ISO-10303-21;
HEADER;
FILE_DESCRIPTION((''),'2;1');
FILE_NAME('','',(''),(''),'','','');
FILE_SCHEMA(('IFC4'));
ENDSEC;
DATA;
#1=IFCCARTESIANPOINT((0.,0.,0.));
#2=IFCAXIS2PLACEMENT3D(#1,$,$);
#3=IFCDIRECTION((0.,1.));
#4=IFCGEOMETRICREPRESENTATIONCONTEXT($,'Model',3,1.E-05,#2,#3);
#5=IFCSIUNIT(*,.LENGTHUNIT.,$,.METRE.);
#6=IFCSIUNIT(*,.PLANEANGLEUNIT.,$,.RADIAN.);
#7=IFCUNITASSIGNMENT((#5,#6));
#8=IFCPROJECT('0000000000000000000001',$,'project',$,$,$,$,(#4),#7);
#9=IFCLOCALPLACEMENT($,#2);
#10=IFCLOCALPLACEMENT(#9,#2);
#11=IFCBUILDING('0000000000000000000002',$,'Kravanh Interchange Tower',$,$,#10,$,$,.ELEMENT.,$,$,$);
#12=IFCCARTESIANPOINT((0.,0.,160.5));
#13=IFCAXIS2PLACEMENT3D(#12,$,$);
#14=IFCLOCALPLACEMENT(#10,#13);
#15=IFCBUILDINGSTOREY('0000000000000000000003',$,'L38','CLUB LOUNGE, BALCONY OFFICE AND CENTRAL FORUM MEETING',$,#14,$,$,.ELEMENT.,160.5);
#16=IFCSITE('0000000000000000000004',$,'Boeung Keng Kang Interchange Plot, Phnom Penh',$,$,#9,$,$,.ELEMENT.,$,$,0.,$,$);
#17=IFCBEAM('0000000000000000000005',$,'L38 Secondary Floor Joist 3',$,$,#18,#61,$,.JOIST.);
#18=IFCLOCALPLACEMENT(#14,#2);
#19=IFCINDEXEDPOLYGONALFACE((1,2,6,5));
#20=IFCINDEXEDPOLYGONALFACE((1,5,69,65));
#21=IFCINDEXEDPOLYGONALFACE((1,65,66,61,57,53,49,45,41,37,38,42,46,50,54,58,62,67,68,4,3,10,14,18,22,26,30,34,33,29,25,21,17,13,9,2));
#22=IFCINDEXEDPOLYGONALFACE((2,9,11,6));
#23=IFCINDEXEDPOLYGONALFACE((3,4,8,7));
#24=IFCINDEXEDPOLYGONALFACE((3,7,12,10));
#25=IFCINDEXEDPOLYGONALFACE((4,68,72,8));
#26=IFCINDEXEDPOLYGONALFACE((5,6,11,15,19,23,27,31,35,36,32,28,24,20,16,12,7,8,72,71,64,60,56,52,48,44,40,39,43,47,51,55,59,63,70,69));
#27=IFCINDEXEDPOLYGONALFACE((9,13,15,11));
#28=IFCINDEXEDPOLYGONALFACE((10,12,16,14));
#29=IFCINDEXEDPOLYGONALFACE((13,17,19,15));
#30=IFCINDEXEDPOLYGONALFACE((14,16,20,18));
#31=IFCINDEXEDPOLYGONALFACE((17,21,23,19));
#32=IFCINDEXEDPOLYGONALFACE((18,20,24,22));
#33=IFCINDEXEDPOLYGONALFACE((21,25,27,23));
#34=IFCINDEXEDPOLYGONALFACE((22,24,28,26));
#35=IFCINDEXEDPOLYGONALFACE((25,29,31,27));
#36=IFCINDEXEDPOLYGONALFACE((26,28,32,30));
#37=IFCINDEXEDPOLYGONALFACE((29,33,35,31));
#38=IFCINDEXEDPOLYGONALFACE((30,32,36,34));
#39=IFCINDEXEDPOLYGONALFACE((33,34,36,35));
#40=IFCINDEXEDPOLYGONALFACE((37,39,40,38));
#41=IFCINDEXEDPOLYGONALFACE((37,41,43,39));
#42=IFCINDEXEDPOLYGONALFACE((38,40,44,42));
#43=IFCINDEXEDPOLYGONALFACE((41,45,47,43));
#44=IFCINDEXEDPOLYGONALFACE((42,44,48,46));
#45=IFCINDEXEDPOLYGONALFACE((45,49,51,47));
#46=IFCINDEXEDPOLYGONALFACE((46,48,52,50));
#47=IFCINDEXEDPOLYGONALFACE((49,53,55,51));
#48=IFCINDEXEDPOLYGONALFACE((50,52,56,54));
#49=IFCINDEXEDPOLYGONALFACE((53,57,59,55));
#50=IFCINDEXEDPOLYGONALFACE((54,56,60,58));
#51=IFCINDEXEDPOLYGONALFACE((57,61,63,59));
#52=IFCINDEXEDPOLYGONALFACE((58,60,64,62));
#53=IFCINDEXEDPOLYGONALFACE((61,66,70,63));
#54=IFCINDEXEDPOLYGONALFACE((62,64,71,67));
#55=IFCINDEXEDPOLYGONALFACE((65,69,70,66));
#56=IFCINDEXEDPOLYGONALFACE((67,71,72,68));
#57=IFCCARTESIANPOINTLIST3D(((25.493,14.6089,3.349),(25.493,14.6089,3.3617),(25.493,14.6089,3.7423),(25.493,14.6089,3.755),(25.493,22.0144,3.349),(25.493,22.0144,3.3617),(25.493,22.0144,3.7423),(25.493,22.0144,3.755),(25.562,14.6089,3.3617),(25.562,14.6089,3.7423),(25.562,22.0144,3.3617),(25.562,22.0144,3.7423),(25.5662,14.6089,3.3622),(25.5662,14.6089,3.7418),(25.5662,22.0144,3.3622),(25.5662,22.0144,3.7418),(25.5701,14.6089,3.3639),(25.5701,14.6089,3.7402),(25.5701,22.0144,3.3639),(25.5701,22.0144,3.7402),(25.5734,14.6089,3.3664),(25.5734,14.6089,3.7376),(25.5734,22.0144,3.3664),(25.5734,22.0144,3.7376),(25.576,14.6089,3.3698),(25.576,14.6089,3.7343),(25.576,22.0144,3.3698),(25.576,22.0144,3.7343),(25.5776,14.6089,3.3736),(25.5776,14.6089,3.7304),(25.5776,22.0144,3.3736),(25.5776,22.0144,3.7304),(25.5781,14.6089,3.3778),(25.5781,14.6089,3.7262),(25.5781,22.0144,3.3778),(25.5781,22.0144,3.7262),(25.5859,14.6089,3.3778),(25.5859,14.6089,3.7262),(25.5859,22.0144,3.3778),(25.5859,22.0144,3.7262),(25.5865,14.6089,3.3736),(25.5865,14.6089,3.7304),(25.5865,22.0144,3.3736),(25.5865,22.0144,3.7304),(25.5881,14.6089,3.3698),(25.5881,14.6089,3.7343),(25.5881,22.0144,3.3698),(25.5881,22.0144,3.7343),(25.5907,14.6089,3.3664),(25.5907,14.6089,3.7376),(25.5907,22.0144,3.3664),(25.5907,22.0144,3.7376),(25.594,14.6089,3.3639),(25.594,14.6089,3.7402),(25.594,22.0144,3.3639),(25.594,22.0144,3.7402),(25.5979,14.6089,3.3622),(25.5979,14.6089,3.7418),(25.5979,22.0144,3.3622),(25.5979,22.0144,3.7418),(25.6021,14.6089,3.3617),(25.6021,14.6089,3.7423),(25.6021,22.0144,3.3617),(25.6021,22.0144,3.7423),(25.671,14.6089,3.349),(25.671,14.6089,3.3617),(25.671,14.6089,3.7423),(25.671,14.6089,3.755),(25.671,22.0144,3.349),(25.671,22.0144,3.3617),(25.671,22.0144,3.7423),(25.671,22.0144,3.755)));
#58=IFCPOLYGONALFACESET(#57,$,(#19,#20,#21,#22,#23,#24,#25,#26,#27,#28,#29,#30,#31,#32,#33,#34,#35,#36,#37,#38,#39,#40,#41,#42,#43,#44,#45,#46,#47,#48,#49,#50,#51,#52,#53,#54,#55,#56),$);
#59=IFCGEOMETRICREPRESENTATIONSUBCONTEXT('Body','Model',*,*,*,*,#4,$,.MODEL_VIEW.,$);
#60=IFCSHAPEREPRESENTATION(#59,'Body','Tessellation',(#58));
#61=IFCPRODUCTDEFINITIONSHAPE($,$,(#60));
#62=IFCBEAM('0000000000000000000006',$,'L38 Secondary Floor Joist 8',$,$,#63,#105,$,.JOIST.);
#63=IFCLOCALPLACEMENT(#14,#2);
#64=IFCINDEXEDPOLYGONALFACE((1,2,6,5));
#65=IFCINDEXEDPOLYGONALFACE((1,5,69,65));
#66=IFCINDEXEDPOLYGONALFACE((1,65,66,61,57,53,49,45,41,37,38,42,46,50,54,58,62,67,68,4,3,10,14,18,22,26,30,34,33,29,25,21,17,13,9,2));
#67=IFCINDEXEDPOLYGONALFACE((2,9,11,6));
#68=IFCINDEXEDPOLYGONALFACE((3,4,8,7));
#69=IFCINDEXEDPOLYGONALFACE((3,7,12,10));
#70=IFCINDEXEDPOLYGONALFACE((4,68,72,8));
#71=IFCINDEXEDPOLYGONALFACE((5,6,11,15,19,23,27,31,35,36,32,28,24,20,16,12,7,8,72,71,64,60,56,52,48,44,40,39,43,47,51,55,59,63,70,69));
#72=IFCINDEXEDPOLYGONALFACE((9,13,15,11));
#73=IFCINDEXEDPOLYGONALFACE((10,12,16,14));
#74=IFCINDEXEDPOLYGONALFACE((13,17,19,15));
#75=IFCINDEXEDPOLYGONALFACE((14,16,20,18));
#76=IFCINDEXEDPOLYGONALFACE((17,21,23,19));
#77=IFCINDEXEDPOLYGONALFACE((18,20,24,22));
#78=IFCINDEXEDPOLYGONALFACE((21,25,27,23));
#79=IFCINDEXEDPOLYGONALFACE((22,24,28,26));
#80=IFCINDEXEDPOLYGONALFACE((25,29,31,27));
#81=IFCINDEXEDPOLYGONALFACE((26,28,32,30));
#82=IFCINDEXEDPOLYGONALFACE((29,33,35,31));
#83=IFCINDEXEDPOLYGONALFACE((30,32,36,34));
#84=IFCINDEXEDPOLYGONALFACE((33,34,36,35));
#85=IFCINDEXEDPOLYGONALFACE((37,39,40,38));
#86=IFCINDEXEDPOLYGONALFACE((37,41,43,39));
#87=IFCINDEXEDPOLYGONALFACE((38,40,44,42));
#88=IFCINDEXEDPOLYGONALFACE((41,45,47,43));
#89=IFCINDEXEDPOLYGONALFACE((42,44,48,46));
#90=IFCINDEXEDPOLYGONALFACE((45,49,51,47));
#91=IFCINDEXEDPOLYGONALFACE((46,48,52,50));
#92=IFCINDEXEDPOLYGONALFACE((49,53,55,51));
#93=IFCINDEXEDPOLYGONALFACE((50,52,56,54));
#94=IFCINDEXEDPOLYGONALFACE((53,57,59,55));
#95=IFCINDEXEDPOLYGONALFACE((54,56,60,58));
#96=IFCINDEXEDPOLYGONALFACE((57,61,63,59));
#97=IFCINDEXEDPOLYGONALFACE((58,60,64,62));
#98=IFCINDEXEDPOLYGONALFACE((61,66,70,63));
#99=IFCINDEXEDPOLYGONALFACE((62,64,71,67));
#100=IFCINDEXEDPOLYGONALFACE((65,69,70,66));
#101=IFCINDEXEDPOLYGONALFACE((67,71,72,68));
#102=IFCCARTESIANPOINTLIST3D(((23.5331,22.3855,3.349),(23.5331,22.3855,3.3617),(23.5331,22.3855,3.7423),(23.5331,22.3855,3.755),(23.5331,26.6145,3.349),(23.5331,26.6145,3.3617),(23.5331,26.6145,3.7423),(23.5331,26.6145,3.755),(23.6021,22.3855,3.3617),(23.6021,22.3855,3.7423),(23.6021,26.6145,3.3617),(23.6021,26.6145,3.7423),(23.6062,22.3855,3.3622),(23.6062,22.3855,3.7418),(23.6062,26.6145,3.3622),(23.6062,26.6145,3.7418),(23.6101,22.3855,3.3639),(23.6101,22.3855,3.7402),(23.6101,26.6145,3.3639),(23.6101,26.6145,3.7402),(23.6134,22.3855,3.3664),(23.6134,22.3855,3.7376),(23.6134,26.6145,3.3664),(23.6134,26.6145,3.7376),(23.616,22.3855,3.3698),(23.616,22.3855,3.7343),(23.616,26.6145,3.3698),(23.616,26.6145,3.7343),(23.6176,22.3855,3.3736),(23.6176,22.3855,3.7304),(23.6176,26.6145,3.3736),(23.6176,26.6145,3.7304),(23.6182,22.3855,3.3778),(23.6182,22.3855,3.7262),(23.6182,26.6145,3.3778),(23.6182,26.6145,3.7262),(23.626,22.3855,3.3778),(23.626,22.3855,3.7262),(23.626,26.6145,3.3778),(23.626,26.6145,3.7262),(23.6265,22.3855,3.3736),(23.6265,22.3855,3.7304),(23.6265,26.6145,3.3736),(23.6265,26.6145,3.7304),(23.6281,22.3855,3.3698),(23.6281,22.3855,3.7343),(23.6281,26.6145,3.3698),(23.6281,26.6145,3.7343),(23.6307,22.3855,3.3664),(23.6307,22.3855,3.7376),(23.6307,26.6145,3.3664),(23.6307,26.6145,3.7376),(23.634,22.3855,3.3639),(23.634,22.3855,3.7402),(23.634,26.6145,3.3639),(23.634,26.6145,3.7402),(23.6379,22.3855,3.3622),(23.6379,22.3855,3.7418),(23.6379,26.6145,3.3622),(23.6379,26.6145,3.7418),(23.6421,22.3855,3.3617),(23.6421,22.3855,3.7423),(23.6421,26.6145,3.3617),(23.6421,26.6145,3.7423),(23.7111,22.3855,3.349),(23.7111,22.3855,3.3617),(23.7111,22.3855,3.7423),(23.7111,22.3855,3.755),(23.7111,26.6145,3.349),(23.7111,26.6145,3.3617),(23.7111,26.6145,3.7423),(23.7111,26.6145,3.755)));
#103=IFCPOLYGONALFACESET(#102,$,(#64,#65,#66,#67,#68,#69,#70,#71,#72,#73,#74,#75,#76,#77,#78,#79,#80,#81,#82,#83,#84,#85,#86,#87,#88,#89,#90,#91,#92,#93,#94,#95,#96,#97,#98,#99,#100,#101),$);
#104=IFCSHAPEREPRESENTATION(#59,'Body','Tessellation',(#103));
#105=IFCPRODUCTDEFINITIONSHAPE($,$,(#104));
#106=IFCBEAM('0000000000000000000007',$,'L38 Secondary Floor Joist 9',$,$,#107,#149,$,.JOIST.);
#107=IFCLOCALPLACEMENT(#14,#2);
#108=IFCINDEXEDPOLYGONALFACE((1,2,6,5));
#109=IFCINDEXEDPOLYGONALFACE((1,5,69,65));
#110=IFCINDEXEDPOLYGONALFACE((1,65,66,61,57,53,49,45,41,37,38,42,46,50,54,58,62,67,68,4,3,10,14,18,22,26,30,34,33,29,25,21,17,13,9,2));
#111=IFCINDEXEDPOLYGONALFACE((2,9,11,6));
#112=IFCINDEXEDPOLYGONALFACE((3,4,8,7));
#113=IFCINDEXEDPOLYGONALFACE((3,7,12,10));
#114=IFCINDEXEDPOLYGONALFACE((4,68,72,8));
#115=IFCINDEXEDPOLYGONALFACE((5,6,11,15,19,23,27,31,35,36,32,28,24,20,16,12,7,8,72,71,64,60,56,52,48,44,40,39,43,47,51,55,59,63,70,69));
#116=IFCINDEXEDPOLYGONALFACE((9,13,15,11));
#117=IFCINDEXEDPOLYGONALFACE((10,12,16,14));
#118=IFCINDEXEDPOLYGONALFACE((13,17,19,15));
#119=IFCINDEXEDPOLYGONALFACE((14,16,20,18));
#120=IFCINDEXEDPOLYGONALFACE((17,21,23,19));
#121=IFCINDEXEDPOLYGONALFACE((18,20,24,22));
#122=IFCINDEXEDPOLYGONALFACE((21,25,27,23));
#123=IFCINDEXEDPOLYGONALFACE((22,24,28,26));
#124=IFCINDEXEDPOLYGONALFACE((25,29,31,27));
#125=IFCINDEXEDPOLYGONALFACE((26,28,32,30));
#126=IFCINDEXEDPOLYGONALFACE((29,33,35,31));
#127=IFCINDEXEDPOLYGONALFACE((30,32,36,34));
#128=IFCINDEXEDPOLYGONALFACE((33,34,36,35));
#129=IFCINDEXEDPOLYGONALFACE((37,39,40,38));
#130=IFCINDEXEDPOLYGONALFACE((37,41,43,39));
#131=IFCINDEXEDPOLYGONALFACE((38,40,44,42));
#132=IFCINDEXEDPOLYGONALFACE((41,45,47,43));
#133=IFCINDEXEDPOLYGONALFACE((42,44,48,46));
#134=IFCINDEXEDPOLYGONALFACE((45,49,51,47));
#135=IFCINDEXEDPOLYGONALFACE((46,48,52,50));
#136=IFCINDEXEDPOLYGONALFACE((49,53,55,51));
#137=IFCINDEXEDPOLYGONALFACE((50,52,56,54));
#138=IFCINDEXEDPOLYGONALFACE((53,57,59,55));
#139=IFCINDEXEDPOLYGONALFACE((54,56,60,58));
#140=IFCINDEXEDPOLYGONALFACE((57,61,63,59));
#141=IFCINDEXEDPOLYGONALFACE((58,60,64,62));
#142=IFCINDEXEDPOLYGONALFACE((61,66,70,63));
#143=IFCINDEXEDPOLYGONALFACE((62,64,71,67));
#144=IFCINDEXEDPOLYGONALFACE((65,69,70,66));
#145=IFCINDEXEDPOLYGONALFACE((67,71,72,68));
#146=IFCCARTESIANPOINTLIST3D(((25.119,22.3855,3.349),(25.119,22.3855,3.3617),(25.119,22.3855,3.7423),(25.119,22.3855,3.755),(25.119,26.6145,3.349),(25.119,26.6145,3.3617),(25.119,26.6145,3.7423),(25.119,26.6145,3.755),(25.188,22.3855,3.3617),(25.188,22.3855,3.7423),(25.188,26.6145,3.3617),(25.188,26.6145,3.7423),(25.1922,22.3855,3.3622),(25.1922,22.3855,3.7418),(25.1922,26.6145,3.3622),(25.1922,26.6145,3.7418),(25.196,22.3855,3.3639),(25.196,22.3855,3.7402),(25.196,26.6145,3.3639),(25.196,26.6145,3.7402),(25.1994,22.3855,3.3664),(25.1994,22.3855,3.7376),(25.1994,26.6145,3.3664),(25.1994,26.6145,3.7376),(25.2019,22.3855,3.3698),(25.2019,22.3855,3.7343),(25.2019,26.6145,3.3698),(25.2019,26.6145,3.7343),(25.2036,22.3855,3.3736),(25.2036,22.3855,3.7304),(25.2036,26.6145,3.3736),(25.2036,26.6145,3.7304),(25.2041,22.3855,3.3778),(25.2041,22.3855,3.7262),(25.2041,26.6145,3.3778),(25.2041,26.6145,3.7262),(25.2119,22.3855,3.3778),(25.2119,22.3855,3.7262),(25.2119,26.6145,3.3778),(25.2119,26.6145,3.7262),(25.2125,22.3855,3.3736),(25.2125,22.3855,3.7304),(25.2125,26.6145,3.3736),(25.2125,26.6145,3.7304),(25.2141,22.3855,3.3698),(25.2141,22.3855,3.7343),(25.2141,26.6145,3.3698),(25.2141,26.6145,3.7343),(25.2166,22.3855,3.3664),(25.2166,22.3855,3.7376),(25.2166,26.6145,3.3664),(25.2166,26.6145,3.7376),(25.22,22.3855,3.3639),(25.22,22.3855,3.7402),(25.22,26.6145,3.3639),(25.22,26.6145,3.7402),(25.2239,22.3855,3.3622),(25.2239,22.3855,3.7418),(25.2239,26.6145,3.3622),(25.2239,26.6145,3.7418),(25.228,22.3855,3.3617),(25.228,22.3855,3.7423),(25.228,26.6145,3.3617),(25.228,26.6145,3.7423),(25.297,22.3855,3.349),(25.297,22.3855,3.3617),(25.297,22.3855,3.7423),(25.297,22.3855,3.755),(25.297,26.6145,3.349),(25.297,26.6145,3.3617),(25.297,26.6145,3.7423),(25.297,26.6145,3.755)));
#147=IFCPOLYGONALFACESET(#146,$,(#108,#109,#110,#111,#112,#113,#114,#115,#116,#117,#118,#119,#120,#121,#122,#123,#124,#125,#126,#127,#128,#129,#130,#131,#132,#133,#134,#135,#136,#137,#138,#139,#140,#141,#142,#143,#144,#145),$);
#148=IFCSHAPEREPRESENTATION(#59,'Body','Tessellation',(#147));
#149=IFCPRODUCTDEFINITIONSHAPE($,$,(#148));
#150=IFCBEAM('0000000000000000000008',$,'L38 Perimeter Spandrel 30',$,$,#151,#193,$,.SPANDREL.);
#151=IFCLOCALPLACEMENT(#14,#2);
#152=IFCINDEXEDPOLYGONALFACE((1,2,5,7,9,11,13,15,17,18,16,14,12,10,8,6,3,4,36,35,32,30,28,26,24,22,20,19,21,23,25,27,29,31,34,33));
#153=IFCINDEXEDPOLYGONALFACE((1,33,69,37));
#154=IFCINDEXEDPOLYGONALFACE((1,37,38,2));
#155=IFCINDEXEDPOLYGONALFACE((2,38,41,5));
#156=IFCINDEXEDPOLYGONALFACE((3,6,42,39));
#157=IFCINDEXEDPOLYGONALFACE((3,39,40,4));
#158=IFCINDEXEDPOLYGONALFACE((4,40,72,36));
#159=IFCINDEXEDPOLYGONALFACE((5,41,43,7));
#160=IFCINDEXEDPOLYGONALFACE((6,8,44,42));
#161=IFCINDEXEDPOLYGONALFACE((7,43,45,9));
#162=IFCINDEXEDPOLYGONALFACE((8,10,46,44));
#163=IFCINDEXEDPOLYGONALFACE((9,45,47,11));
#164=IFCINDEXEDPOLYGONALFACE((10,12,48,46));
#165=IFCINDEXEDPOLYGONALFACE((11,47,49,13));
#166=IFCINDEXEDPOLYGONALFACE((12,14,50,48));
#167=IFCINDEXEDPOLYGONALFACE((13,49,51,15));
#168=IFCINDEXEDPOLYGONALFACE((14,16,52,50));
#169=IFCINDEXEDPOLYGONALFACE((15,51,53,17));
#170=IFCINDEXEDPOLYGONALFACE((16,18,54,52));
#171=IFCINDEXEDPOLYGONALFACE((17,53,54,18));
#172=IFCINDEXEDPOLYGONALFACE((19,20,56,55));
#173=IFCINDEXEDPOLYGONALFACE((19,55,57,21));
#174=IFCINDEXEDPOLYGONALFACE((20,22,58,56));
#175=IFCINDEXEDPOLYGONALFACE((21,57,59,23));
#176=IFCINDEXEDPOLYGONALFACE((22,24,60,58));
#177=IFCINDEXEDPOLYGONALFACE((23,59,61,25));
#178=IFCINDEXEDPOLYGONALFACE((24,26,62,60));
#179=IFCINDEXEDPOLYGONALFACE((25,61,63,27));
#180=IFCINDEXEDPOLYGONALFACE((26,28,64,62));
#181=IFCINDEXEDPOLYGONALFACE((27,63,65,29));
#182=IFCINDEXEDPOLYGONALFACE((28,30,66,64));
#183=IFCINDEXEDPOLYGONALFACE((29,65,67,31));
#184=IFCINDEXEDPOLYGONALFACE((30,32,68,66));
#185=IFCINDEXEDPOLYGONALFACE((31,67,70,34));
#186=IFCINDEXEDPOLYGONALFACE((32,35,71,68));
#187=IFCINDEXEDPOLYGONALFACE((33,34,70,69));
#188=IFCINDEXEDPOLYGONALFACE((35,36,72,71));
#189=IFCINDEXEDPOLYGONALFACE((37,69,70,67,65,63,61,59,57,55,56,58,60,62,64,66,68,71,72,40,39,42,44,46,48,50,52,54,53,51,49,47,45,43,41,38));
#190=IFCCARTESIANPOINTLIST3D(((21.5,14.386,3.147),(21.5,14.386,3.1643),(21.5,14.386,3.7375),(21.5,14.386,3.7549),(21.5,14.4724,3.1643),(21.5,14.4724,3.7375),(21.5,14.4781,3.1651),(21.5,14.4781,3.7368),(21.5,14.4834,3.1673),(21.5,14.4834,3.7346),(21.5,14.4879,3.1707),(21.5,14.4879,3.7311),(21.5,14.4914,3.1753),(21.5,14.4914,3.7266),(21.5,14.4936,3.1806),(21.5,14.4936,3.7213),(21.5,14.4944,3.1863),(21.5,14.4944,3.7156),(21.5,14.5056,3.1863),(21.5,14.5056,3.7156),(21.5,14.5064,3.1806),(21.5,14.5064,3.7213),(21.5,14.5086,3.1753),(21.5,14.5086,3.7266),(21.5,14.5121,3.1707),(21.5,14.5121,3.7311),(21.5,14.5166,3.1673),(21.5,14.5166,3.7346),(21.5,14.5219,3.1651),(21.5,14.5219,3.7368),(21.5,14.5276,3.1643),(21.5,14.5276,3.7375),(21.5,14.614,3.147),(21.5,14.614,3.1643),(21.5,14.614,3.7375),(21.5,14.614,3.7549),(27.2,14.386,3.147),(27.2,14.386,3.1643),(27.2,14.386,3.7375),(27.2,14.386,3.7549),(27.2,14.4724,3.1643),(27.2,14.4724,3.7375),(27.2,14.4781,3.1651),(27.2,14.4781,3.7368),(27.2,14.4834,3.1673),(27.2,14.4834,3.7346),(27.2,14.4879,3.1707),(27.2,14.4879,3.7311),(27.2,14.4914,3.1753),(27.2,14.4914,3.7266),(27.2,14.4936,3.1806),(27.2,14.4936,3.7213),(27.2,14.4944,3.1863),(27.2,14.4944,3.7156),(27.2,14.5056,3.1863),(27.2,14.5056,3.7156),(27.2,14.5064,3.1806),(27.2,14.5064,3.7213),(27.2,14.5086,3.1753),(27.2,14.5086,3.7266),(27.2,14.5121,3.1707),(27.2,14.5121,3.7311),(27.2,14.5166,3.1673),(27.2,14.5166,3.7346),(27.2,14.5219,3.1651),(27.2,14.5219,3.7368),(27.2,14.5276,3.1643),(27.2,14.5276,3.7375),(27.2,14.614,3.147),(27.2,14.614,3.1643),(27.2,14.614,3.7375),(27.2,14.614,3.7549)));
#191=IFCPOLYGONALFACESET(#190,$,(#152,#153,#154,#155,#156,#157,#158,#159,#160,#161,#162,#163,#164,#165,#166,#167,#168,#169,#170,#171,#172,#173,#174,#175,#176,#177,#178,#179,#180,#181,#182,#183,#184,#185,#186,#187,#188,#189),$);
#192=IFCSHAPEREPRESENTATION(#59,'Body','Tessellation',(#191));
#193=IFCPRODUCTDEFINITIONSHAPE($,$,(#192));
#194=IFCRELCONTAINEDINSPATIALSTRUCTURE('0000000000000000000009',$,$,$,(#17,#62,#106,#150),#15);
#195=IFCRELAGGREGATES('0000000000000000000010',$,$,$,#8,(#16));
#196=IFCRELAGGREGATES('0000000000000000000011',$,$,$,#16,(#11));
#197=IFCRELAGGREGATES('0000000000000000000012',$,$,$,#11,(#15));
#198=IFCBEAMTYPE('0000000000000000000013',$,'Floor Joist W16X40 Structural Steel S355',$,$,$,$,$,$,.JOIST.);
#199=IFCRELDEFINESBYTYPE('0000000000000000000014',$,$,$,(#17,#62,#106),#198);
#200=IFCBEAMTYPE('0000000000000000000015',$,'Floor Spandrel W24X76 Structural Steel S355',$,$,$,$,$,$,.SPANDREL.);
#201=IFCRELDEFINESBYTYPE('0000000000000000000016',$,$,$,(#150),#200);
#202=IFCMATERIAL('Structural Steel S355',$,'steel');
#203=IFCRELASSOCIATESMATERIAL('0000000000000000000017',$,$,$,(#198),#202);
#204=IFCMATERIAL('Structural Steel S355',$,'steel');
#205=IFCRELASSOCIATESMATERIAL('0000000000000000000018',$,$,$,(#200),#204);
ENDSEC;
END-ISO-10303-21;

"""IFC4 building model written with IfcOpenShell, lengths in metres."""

from ifc_helpers import new_model, si_unit, direction, frame, origin, origin_2d, place, context, subcontext, project, spatial, i_section, extrude, material, material_profile, profile_set, type_object, element, save


model = new_model("IFC4")

# Units and contexts
model_context = context("Model", 3, precision=1e-05, world=origin(), true_north=direction((0.0, 1.0)))
body_context = subcontext(model_context, "Body", "Model", "MODEL_VIEW")
ifc_project = project(units=[si_unit("LENGTHUNIT", "METRE"), si_unit("PLANEANGLEUNIT", "RADIAN")], contexts=[model_context])

# Site, building, storey
site_placement = place(None, origin())
site = spatial("IfcSite", under=ifc_project, at=site_placement, Name="Boeung Keng Kang Interchange Plot, Phnom Penh", CompositionType="ELEMENT", RefElevation=0.0)
building_placement = place(site_placement, origin())
building = spatial("IfcBuilding", under=site, at=building_placement, Name="Kravanh Interchange Tower", CompositionType="ELEMENT")
storey_placement = place(building_placement, frame((0.0, 0.0, 160.5)))
storey = spatial("IfcBuildingStorey", under=building, at=storey_placement, Name="L38", Description="CLUB LOUNGE, BALCONY OFFICE AND CENTRAL FORUM MEETING", CompositionType="ELEMENT", Elevation=160.5)

# Beams
ifc_material_1 = material(Name="Structural Steel S355", Category="steel")
ifc_material_profile_1 = material_profile(ifc_material_1, i_section(OverallWidth=0.178, OverallDepth=0.406, WebThickness=0.0078, FlangeThickness=0.0127, FilletRadius=0.0161, at=origin_2d()), Name="W16X40")
ifc_profile_set_1 = profile_set([ifc_material_profile_1], Name="Structural Steel S355")
beam_type_1 = type_object("IfcBeamType", Name="Floor Joist W16X40 Structural Steel S355", PredefinedType="JOIST", material=ifc_profile_set_1)
for number, where, z_axis, x_axis, name in (
    (1, (25.582, 14.6089, 3.552), (0.0, 1.0, 0.0), (-1.0, 0.0, 0.0), "L38 Secondary Floor Joist 3"),
):
    element("IfcBeam", number, at=place(storey_placement, frame(where, z_axis=z_axis, x_axis=x_axis)), inside=storey, type_object=beam_type_1, Name=name, PredefinedType="JOIST", context=body_context, shape_type="SweptSolid", body=[
        extrude(i_section(OverallWidth=0.178, OverallDepth=0.406, WebThickness=0.0078, FlangeThickness=0.0127, FilletRadius=0.0161, at=origin_2d()), origin(), (0.0, 0.0, 1.0), 7.4055),
    ])
for number, where, z_axis, x_axis, name in (
    (2, (23.6221, 22.3855, 3.552), (0.0, 1.0, 0.0), (-1.0, 0.0, 0.0), "L38 Secondary Floor Joist 8"),
    (3, (25.208, 22.3855, 3.552), (0.0, 1.0, 0.0), (-1.0, 0.0, 0.0), "L38 Secondary Floor Joist 9"),
):
    element("IfcBeam", number, at=place(storey_placement, frame(where, z_axis=z_axis, x_axis=x_axis)), inside=storey, type_object=beam_type_1, Name=name, PredefinedType="JOIST", context=body_context, shape_type="SweptSolid", body=[
        extrude(i_section(OverallWidth=0.178, OverallDepth=0.406, WebThickness=0.0078, FlangeThickness=0.0127, FilletRadius=0.0161, at=origin_2d()), origin(), (0.0, 0.0, 1.0), 4.229),
    ])
ifc_material_2 = material(Name="Structural Steel S355", Category="steel")
ifc_material_profile_2 = material_profile(ifc_material_2, i_section(OverallWidth=0.228, OverallDepth=0.6079, WebThickness=0.0112, FlangeThickness=0.0173, FilletRadius=0.022, at=origin_2d()), Name="W24X76")
ifc_profile_set_2 = profile_set([ifc_material_profile_2], Name="Structural Steel S355")
beam_type_2 = type_object("IfcBeamType", Name="Floor Spandrel W24X76 Structural Steel S355", PredefinedType="SPANDREL", material=ifc_profile_set_2)
beam_1_placement = place(storey_placement, frame((21.5, 14.5, 3.4509), z_axis=(1.0, 0.0, 0.0), x_axis=(0.0, 1.0, 0.0)))
element("IfcBeam", 4, at=beam_1_placement, inside=storey, type_object=beam_type_2, Name="L38 Perimeter Spandrel 30", PredefinedType="SPANDREL", context=body_context, shape_type="SweptSolid", body=[
    extrude(i_section(OverallWidth=0.228, OverallDepth=0.6079, WebThickness=0.0112, FlangeThickness=0.0173, FilletRadius=0.022, at=origin_2d()), origin(), (0.0, 0.0, 1.0), 5.7),
])

save(model, "model.ifc")
